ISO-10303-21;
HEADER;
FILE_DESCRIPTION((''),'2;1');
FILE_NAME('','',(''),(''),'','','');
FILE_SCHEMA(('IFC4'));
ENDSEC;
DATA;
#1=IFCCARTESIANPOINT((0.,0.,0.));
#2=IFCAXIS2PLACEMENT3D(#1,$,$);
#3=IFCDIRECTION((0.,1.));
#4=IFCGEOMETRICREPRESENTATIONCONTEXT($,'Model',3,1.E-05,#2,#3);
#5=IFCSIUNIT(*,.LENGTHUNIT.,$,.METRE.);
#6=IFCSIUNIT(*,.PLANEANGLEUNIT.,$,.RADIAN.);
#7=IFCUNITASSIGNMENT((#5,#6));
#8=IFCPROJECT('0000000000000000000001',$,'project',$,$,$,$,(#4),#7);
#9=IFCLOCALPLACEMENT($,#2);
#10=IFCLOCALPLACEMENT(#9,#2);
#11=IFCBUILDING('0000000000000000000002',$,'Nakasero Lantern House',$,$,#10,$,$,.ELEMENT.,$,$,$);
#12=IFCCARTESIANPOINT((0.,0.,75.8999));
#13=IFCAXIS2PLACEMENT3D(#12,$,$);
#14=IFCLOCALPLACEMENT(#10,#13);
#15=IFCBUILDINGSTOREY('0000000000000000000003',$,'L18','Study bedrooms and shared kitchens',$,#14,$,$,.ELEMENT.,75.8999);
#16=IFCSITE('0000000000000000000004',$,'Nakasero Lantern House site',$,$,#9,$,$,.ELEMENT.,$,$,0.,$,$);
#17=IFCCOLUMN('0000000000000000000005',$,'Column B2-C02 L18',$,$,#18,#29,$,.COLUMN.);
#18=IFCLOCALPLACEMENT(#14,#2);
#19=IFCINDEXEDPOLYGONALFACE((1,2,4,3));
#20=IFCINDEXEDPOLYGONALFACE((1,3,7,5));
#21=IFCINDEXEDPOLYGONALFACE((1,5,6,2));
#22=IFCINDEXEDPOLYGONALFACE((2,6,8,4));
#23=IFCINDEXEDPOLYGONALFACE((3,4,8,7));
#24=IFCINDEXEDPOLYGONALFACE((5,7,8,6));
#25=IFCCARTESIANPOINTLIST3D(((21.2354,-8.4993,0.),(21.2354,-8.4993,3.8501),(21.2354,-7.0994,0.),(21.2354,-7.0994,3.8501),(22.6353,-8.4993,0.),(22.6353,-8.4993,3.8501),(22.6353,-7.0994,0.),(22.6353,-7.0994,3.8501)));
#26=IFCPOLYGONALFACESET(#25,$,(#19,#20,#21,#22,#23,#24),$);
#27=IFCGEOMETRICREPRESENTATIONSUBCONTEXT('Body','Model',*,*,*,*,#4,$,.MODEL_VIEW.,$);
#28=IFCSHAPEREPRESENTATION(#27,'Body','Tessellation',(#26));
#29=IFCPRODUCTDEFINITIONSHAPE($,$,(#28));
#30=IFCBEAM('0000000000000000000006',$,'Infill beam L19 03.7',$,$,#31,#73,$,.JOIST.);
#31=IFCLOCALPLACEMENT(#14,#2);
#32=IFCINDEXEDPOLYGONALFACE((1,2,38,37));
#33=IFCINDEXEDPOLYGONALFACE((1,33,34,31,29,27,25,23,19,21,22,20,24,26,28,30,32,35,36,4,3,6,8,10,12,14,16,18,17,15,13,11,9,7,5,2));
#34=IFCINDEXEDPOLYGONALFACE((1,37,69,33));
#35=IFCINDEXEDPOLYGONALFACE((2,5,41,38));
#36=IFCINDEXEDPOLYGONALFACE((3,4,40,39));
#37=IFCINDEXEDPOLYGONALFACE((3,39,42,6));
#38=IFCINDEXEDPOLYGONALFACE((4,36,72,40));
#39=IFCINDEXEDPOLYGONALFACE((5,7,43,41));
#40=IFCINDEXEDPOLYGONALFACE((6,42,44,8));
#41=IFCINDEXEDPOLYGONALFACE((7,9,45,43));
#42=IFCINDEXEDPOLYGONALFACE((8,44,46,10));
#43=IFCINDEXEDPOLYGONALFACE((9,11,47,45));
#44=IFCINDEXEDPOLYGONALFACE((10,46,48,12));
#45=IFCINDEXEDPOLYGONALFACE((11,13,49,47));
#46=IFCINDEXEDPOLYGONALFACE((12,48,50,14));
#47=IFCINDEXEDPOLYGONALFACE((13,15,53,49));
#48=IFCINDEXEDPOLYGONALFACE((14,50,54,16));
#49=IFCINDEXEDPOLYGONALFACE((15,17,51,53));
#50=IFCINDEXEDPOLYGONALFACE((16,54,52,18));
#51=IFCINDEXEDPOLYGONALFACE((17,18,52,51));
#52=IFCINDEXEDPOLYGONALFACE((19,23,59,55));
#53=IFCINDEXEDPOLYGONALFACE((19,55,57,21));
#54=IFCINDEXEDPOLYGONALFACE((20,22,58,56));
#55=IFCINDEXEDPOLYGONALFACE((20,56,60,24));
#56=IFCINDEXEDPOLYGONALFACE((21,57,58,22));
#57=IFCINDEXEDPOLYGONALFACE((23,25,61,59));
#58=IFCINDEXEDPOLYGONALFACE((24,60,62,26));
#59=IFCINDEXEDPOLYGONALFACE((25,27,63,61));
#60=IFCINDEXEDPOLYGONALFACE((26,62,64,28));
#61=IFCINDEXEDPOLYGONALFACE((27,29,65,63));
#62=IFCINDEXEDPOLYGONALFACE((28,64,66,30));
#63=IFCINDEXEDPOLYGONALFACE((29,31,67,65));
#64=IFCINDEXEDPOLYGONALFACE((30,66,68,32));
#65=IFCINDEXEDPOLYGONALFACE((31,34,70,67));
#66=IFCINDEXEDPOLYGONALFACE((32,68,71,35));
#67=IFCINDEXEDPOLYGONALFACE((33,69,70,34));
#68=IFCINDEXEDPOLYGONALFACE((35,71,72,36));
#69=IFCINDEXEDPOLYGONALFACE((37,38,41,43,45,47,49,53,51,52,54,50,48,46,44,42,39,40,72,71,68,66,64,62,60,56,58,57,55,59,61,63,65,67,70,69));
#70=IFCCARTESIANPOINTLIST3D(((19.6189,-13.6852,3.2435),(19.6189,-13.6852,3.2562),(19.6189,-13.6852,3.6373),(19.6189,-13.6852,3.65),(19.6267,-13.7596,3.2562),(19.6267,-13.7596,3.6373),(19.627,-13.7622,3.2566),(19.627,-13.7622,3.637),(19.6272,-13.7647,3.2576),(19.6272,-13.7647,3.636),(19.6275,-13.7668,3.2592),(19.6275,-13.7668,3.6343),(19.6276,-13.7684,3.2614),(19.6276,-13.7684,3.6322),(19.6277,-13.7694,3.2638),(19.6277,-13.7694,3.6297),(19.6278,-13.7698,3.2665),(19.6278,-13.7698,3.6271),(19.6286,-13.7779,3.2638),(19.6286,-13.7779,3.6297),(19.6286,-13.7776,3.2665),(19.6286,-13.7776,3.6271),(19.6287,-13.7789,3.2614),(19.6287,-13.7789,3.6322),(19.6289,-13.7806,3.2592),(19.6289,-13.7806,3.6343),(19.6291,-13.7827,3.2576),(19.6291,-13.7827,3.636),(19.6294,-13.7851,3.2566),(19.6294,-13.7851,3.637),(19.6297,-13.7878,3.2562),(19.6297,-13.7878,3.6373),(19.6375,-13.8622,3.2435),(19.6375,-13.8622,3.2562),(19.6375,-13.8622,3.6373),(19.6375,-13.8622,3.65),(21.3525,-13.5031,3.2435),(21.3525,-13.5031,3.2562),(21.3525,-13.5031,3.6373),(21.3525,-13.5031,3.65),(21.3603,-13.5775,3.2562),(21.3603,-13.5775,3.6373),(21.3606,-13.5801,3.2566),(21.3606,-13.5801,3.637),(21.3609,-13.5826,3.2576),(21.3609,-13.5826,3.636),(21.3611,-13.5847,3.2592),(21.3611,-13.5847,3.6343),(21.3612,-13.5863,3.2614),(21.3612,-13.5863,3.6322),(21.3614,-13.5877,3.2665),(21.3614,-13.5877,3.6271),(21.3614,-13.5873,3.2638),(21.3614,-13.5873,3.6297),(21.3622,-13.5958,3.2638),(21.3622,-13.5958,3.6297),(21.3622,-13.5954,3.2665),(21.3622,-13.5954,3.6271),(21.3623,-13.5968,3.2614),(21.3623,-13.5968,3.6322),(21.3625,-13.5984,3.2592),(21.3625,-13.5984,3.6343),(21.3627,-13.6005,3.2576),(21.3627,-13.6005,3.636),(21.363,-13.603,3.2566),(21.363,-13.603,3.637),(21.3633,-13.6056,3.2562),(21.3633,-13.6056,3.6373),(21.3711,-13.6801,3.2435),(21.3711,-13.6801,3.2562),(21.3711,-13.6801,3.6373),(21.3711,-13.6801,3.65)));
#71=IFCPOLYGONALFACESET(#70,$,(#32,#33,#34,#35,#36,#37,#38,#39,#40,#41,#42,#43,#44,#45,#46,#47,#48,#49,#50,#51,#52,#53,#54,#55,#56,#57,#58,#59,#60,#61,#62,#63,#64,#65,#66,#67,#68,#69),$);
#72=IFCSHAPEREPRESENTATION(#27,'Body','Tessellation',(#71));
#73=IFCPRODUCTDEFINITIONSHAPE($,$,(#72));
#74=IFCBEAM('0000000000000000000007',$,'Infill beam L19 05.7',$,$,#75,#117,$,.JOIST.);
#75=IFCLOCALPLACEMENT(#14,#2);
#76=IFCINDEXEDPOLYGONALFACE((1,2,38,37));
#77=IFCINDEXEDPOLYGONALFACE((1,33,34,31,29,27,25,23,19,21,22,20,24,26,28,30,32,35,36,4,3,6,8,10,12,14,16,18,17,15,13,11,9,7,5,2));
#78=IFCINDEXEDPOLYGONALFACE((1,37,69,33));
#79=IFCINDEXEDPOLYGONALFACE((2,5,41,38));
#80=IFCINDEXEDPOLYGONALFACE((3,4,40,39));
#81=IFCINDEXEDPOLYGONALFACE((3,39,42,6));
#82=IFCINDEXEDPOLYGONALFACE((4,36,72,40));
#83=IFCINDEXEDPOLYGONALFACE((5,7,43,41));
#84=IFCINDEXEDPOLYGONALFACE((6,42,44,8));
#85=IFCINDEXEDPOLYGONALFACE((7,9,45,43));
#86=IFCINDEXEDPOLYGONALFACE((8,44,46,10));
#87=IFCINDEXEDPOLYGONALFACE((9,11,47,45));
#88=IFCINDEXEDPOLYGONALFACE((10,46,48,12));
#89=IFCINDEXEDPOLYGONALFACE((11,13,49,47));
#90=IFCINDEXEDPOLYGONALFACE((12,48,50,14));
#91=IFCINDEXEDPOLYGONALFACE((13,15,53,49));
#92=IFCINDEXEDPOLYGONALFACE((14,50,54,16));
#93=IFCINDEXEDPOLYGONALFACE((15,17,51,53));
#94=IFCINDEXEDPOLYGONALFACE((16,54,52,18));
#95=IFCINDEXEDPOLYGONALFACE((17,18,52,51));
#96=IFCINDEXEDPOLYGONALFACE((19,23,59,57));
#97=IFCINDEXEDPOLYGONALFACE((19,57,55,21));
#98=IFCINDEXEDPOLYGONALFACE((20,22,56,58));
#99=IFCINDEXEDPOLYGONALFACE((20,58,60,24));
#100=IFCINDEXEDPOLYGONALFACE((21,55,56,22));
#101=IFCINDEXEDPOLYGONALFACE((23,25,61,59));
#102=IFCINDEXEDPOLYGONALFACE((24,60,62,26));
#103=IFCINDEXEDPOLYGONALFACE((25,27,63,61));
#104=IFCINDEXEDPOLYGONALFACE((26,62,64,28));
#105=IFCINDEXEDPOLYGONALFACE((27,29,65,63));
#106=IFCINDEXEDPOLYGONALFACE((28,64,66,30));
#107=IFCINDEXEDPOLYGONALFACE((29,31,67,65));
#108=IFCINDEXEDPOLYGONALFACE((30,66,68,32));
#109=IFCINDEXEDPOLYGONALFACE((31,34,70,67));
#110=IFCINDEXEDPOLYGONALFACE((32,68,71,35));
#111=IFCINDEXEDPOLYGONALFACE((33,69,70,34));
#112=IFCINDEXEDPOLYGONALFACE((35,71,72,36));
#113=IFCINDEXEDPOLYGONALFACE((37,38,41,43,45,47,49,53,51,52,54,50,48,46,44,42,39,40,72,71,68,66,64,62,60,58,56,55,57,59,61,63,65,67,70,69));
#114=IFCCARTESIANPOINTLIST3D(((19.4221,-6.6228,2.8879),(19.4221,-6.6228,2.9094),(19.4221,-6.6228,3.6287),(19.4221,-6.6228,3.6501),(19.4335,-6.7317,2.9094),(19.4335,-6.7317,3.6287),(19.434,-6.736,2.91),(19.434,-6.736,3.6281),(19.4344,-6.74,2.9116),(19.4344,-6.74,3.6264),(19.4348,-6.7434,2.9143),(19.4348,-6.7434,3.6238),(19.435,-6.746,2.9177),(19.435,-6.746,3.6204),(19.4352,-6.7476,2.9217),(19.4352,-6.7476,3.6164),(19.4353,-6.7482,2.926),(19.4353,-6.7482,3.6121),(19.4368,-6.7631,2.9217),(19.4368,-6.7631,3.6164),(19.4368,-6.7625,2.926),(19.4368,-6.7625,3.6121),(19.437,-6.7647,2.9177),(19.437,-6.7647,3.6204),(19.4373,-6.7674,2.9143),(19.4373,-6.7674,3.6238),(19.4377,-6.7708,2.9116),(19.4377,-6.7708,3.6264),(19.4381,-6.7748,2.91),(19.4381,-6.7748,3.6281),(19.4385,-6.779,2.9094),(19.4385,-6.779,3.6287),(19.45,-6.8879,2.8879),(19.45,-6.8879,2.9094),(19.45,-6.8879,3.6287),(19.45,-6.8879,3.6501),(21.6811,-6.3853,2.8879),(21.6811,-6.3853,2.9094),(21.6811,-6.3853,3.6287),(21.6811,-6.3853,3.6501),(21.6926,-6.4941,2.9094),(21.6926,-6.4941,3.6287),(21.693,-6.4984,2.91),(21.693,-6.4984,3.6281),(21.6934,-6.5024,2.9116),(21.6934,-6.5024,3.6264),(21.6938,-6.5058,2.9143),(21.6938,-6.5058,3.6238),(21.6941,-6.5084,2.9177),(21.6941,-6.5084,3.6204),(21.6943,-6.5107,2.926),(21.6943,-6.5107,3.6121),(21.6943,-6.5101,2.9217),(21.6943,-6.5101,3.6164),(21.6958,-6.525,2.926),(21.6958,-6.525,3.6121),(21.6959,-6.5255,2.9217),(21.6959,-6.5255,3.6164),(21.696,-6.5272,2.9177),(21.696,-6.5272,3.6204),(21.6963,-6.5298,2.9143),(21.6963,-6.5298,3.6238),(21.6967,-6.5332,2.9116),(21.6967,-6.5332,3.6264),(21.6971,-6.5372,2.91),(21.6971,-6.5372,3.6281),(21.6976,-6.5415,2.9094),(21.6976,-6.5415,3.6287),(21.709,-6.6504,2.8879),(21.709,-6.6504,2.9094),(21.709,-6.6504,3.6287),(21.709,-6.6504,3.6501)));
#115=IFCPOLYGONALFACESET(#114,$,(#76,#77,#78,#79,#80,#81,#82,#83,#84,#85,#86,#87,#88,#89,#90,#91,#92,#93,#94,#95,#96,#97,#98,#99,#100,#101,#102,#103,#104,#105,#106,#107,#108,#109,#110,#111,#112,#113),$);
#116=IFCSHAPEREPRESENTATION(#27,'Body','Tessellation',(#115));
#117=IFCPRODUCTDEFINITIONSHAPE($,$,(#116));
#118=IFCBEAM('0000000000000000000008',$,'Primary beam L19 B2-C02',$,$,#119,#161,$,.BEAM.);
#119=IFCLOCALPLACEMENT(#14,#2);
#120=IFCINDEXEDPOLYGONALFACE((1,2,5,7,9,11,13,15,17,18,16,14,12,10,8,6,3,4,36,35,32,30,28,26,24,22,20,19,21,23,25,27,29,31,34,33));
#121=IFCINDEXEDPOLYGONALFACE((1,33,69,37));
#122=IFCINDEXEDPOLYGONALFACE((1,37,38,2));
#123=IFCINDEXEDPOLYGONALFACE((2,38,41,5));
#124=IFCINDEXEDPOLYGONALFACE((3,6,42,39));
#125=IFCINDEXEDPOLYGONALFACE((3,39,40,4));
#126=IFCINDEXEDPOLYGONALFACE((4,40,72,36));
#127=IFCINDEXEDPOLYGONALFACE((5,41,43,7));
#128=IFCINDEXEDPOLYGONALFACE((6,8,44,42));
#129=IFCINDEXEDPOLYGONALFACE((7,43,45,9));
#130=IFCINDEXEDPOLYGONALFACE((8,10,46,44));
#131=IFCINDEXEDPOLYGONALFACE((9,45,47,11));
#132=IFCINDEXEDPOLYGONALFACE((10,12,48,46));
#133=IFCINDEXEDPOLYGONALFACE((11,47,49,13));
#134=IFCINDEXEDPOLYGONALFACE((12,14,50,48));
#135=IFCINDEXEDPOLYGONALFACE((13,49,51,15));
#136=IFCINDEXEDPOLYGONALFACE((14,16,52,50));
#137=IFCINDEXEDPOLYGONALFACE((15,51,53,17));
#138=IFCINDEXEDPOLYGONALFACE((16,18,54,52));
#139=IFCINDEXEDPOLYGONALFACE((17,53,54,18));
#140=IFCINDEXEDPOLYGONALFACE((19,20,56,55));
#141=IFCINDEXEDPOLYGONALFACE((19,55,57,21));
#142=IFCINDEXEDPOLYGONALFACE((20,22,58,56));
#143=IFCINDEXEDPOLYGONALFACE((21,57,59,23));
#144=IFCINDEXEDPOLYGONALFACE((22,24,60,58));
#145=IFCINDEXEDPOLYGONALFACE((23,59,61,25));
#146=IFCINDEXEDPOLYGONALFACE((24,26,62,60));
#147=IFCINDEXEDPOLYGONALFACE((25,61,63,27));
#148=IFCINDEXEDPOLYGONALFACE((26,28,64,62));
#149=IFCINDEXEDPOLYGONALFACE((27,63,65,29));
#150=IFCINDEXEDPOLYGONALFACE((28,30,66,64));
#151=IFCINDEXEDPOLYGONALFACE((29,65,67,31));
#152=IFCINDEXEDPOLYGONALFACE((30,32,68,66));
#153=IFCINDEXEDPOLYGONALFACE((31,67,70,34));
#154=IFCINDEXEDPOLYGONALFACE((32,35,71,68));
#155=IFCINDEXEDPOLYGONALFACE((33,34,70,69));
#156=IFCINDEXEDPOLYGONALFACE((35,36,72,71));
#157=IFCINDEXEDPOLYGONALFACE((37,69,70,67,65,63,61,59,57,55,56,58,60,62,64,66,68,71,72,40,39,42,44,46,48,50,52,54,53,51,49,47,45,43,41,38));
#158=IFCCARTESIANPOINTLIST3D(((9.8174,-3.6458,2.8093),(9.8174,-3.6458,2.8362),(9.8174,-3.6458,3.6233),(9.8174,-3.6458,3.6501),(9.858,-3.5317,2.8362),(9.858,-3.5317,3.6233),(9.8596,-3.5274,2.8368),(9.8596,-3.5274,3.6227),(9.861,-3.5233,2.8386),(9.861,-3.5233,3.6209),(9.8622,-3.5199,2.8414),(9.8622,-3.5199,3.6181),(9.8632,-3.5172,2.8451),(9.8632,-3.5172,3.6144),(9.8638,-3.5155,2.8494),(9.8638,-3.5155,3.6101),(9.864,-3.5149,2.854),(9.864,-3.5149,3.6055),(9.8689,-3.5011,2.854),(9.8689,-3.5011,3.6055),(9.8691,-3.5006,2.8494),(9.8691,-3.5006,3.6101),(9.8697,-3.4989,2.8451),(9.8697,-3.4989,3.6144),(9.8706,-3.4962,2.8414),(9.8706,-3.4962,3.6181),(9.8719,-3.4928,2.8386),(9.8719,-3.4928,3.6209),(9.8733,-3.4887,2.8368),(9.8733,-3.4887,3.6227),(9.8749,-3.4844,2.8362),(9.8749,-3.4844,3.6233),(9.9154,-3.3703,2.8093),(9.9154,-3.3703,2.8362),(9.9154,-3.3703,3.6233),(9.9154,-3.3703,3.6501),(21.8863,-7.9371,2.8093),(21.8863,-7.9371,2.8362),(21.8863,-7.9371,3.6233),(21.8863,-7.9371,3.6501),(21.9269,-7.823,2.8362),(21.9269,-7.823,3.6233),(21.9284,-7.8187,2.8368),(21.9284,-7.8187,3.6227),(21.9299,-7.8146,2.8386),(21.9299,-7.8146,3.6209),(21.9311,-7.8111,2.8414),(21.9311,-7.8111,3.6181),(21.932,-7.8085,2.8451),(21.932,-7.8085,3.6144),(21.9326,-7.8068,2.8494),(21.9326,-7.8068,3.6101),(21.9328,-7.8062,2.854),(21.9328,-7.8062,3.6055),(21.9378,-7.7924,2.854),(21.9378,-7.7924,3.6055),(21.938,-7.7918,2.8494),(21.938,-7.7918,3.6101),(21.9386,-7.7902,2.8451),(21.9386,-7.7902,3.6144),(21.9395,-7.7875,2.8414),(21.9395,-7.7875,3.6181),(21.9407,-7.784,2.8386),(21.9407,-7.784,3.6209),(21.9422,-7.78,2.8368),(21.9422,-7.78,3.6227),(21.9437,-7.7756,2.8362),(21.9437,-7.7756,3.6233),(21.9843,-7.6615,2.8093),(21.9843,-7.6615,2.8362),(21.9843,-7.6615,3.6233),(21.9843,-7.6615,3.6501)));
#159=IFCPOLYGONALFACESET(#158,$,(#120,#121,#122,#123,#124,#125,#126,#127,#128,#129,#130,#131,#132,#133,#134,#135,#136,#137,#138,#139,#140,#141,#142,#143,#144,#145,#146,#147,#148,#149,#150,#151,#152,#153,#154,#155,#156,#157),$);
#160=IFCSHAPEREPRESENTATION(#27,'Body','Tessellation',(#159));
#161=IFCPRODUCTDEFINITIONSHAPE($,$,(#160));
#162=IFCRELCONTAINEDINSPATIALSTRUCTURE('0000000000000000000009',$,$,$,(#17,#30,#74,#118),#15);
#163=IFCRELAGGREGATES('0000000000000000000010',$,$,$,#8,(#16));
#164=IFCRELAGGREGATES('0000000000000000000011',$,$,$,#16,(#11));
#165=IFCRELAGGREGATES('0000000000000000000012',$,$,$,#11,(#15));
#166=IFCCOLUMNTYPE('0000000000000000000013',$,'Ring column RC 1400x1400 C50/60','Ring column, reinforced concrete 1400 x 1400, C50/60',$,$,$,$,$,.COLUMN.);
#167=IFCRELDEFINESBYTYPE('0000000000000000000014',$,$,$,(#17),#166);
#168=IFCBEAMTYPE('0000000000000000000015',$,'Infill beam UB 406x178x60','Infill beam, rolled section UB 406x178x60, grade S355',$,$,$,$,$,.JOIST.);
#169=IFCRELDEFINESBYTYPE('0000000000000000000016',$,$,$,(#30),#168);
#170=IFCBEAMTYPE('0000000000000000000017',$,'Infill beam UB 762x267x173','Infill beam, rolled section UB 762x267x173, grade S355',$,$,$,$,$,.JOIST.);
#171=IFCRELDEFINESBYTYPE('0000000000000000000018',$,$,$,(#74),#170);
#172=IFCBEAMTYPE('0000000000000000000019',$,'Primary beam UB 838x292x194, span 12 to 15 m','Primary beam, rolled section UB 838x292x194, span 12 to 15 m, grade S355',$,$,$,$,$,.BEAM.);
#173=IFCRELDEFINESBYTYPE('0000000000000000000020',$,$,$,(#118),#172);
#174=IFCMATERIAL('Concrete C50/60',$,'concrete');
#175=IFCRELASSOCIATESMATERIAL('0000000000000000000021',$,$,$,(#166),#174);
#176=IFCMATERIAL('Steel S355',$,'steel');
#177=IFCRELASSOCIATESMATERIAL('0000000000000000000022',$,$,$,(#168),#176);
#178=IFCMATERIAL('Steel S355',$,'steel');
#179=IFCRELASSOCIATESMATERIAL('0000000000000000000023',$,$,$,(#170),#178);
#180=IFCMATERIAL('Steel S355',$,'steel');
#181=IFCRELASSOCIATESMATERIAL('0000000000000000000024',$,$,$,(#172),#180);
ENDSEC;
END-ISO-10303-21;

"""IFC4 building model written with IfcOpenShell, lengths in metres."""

from ifc_helpers import new_model, si_unit, direction, frame, origin, origin_2d, place, context, subcontext, project, spatial, rectangle, i_section, extrude, material, material_profile, profile_set, type_object, element, save


model = new_model("IFC4")

# Units and contexts
model_context = context("Model", 3, precision=1e-05, world=origin(), true_north=direction((0.0, 1.0)))
body_context = subcontext(model_context, "Body", "Model", "MODEL_VIEW")
ifc_project = project(units=[si_unit("LENGTHUNIT", "METRE"), si_unit("PLANEANGLEUNIT", "RADIAN")], contexts=[model_context])

# Site, building, storey
site_placement = place(None, origin())
site = spatial("IfcSite", under=ifc_project, at=site_placement, Name="Nakasero Lantern House site", CompositionType="ELEMENT", RefElevation=0.0)
building_placement = place(site_placement, origin())
building = spatial("IfcBuilding", under=site, at=building_placement, Name="Nakasero Lantern House", CompositionType="ELEMENT")
storey_placement = place(building_placement, frame((0.0, 0.0, 75.8999)))
storey = spatial("IfcBuildingStorey", under=building, at=storey_placement, Name="L18", Description="Study bedrooms and shared kitchens", CompositionType="ELEMENT", Elevation=75.8999)

# Column
ifc_material_1 = material(Name="Concrete C50/60", Category="concrete")
ifc_material_profile_1 = material_profile(ifc_material_1, rectangle(XDim=1.3999, YDim=1.3999, at=origin_2d()), Name="RC 1400x1400")
ifc_profile_set_1 = profile_set([ifc_material_profile_1], Name="Concrete C50/60")
column_type = type_object("IfcColumnType", Name="Ring column RC 1400x1400 C50/60", Description="Ring column, reinforced concrete 1400 x 1400, C50/60", PredefinedType="COLUMN", material=ifc_profile_set_1)
column_placement = place(storey_placement, frame((21.9353, -7.7993, 0.0), z_axis=(0.0, 0.0, 1.0), x_axis=(1.0, 0.0, 0.0)))
element("IfcColumn", 1, at=column_placement, inside=storey, type_object=column_type, Name="Column B2-C02 L18", PredefinedType="COLUMN", context=body_context, shape_type="SweptSolid", body=[
    extrude(rectangle(XDim=1.3999, YDim=1.3999, at=origin_2d()), origin(), (0.0, 0.0, 1.0), 3.8501),
])

# Beams
ifc_material_2 = material(Name="Steel S355", Category="steel")
ifc_material_profile_2 = material_profile(ifc_material_2, i_section(OverallWidth=0.178, OverallDepth=0.4065, WebThickness=0.0078, FlangeThickness=0.0127, FilletRadius=0.0103, at=origin_2d()), Name="UB 406x178x60")
ifc_profile_set_2 = profile_set([ifc_material_profile_2], Name="Steel S355")
beam_type_1 = type_object("IfcBeamType", Name="Infill beam UB 406x178x60", Description="Infill beam, rolled section UB 406x178x60, grade S355", PredefinedType="JOIST", material=ifc_profile_set_2)
beam_1_placement = place(storey_placement, frame((19.6282, -13.7737, 3.4468), z_axis=(0.994527, 0.104481, 0.0), x_axis=(-0.104481, 0.994527, 0.0)))
element("IfcBeam", 2, at=beam_1_placement, inside=storey, type_object=beam_type_1, Name="Infill beam L19 03.7", PredefinedType="JOIST", context=body_context, shape_type="SweptSolid", body=[
    extrude(i_section(OverallWidth=0.178, OverallDepth=0.4065, WebThickness=0.0078, FlangeThickness=0.0127, FilletRadius=0.0103, at=origin_2d()), origin(), (0.0, 0.0, 1.0), 1.7432),
])
ifc_material_3 = material(Name="Steel S355", Category="steel")
ifc_material_profile_3 = material_profile(ifc_material_3, i_section(OverallWidth=0.2666, OverallDepth=0.7622, WebThickness=0.0144, FlangeThickness=0.0215, FilletRadius=0.0166, at=origin_2d()), Name="UB 762x267x173")
ifc_profile_set_3 = profile_set([ifc_material_profile_3], Name="Steel S355")
beam_type_2 = type_object("IfcBeamType", Name="Infill beam UB 762x267x173", Description="Infill beam, rolled section UB 762x267x173, grade S355", PredefinedType="JOIST", material=ifc_profile_set_3)
beam_2_placement = place(storey_placement, frame((19.436, -6.7554, 3.269), z_axis=(0.994517, 0.104578, 0.0), x_axis=(-0.104578, 0.994517, 0.0)))
element("IfcBeam", 3, at=beam_2_placement, inside=storey, type_object=beam_type_2, Name="Infill beam L19 05.7", PredefinedType="JOIST", context=body_context, shape_type="SweptSolid", body=[
    extrude(i_section(OverallWidth=0.2666, OverallDepth=0.7622, WebThickness=0.0144, FlangeThickness=0.0215, FilletRadius=0.0166, at=origin_2d()), origin(), (0.0, 0.0, 1.0), 2.2715),
])
ifc_material_4 = material(Name="Steel S355", Category="steel")
ifc_material_profile_4 = material_profile(ifc_material_4, i_section(OverallWidth=0.2925, OverallDepth=0.8408, WebThickness=0.0146, FlangeThickness=0.0269, FilletRadius=0.0178, at=origin_2d()), Name="UB 838x292x194")
ifc_profile_set_4 = profile_set([ifc_material_profile_4], Name="Steel S355")
beam_type_3 = type_object("IfcBeamType", Name="Primary beam UB 838x292x194, span 12 to 15 m", Description="Primary beam, rolled section UB 838x292x194, span 12 to 15 m, grade S355", PredefinedType="BEAM", material=ifc_profile_set_4)
beam_3_placement = place(storey_placement, frame((21.9353, -7.7993, 3.2297), z_axis=(-0.942212, 0.335018, 0.0), x_axis=(-0.335018, -0.942212, 0.0)))
element("IfcBeam", 4, at=beam_3_placement, inside=storey, type_object=beam_type_3, Name="Primary beam L19 B2-C02", PredefinedType="BEAM", context=body_context, shape_type="SweptSolid", body=[
    extrude(i_section(OverallWidth=0.2925, OverallDepth=0.8408, WebThickness=0.0146, FlangeThickness=0.0269, FilletRadius=0.0178, at=origin_2d()), origin(), (0.0, 0.0, 1.0), 12.8091),
])

save(model, "model.ifc")
